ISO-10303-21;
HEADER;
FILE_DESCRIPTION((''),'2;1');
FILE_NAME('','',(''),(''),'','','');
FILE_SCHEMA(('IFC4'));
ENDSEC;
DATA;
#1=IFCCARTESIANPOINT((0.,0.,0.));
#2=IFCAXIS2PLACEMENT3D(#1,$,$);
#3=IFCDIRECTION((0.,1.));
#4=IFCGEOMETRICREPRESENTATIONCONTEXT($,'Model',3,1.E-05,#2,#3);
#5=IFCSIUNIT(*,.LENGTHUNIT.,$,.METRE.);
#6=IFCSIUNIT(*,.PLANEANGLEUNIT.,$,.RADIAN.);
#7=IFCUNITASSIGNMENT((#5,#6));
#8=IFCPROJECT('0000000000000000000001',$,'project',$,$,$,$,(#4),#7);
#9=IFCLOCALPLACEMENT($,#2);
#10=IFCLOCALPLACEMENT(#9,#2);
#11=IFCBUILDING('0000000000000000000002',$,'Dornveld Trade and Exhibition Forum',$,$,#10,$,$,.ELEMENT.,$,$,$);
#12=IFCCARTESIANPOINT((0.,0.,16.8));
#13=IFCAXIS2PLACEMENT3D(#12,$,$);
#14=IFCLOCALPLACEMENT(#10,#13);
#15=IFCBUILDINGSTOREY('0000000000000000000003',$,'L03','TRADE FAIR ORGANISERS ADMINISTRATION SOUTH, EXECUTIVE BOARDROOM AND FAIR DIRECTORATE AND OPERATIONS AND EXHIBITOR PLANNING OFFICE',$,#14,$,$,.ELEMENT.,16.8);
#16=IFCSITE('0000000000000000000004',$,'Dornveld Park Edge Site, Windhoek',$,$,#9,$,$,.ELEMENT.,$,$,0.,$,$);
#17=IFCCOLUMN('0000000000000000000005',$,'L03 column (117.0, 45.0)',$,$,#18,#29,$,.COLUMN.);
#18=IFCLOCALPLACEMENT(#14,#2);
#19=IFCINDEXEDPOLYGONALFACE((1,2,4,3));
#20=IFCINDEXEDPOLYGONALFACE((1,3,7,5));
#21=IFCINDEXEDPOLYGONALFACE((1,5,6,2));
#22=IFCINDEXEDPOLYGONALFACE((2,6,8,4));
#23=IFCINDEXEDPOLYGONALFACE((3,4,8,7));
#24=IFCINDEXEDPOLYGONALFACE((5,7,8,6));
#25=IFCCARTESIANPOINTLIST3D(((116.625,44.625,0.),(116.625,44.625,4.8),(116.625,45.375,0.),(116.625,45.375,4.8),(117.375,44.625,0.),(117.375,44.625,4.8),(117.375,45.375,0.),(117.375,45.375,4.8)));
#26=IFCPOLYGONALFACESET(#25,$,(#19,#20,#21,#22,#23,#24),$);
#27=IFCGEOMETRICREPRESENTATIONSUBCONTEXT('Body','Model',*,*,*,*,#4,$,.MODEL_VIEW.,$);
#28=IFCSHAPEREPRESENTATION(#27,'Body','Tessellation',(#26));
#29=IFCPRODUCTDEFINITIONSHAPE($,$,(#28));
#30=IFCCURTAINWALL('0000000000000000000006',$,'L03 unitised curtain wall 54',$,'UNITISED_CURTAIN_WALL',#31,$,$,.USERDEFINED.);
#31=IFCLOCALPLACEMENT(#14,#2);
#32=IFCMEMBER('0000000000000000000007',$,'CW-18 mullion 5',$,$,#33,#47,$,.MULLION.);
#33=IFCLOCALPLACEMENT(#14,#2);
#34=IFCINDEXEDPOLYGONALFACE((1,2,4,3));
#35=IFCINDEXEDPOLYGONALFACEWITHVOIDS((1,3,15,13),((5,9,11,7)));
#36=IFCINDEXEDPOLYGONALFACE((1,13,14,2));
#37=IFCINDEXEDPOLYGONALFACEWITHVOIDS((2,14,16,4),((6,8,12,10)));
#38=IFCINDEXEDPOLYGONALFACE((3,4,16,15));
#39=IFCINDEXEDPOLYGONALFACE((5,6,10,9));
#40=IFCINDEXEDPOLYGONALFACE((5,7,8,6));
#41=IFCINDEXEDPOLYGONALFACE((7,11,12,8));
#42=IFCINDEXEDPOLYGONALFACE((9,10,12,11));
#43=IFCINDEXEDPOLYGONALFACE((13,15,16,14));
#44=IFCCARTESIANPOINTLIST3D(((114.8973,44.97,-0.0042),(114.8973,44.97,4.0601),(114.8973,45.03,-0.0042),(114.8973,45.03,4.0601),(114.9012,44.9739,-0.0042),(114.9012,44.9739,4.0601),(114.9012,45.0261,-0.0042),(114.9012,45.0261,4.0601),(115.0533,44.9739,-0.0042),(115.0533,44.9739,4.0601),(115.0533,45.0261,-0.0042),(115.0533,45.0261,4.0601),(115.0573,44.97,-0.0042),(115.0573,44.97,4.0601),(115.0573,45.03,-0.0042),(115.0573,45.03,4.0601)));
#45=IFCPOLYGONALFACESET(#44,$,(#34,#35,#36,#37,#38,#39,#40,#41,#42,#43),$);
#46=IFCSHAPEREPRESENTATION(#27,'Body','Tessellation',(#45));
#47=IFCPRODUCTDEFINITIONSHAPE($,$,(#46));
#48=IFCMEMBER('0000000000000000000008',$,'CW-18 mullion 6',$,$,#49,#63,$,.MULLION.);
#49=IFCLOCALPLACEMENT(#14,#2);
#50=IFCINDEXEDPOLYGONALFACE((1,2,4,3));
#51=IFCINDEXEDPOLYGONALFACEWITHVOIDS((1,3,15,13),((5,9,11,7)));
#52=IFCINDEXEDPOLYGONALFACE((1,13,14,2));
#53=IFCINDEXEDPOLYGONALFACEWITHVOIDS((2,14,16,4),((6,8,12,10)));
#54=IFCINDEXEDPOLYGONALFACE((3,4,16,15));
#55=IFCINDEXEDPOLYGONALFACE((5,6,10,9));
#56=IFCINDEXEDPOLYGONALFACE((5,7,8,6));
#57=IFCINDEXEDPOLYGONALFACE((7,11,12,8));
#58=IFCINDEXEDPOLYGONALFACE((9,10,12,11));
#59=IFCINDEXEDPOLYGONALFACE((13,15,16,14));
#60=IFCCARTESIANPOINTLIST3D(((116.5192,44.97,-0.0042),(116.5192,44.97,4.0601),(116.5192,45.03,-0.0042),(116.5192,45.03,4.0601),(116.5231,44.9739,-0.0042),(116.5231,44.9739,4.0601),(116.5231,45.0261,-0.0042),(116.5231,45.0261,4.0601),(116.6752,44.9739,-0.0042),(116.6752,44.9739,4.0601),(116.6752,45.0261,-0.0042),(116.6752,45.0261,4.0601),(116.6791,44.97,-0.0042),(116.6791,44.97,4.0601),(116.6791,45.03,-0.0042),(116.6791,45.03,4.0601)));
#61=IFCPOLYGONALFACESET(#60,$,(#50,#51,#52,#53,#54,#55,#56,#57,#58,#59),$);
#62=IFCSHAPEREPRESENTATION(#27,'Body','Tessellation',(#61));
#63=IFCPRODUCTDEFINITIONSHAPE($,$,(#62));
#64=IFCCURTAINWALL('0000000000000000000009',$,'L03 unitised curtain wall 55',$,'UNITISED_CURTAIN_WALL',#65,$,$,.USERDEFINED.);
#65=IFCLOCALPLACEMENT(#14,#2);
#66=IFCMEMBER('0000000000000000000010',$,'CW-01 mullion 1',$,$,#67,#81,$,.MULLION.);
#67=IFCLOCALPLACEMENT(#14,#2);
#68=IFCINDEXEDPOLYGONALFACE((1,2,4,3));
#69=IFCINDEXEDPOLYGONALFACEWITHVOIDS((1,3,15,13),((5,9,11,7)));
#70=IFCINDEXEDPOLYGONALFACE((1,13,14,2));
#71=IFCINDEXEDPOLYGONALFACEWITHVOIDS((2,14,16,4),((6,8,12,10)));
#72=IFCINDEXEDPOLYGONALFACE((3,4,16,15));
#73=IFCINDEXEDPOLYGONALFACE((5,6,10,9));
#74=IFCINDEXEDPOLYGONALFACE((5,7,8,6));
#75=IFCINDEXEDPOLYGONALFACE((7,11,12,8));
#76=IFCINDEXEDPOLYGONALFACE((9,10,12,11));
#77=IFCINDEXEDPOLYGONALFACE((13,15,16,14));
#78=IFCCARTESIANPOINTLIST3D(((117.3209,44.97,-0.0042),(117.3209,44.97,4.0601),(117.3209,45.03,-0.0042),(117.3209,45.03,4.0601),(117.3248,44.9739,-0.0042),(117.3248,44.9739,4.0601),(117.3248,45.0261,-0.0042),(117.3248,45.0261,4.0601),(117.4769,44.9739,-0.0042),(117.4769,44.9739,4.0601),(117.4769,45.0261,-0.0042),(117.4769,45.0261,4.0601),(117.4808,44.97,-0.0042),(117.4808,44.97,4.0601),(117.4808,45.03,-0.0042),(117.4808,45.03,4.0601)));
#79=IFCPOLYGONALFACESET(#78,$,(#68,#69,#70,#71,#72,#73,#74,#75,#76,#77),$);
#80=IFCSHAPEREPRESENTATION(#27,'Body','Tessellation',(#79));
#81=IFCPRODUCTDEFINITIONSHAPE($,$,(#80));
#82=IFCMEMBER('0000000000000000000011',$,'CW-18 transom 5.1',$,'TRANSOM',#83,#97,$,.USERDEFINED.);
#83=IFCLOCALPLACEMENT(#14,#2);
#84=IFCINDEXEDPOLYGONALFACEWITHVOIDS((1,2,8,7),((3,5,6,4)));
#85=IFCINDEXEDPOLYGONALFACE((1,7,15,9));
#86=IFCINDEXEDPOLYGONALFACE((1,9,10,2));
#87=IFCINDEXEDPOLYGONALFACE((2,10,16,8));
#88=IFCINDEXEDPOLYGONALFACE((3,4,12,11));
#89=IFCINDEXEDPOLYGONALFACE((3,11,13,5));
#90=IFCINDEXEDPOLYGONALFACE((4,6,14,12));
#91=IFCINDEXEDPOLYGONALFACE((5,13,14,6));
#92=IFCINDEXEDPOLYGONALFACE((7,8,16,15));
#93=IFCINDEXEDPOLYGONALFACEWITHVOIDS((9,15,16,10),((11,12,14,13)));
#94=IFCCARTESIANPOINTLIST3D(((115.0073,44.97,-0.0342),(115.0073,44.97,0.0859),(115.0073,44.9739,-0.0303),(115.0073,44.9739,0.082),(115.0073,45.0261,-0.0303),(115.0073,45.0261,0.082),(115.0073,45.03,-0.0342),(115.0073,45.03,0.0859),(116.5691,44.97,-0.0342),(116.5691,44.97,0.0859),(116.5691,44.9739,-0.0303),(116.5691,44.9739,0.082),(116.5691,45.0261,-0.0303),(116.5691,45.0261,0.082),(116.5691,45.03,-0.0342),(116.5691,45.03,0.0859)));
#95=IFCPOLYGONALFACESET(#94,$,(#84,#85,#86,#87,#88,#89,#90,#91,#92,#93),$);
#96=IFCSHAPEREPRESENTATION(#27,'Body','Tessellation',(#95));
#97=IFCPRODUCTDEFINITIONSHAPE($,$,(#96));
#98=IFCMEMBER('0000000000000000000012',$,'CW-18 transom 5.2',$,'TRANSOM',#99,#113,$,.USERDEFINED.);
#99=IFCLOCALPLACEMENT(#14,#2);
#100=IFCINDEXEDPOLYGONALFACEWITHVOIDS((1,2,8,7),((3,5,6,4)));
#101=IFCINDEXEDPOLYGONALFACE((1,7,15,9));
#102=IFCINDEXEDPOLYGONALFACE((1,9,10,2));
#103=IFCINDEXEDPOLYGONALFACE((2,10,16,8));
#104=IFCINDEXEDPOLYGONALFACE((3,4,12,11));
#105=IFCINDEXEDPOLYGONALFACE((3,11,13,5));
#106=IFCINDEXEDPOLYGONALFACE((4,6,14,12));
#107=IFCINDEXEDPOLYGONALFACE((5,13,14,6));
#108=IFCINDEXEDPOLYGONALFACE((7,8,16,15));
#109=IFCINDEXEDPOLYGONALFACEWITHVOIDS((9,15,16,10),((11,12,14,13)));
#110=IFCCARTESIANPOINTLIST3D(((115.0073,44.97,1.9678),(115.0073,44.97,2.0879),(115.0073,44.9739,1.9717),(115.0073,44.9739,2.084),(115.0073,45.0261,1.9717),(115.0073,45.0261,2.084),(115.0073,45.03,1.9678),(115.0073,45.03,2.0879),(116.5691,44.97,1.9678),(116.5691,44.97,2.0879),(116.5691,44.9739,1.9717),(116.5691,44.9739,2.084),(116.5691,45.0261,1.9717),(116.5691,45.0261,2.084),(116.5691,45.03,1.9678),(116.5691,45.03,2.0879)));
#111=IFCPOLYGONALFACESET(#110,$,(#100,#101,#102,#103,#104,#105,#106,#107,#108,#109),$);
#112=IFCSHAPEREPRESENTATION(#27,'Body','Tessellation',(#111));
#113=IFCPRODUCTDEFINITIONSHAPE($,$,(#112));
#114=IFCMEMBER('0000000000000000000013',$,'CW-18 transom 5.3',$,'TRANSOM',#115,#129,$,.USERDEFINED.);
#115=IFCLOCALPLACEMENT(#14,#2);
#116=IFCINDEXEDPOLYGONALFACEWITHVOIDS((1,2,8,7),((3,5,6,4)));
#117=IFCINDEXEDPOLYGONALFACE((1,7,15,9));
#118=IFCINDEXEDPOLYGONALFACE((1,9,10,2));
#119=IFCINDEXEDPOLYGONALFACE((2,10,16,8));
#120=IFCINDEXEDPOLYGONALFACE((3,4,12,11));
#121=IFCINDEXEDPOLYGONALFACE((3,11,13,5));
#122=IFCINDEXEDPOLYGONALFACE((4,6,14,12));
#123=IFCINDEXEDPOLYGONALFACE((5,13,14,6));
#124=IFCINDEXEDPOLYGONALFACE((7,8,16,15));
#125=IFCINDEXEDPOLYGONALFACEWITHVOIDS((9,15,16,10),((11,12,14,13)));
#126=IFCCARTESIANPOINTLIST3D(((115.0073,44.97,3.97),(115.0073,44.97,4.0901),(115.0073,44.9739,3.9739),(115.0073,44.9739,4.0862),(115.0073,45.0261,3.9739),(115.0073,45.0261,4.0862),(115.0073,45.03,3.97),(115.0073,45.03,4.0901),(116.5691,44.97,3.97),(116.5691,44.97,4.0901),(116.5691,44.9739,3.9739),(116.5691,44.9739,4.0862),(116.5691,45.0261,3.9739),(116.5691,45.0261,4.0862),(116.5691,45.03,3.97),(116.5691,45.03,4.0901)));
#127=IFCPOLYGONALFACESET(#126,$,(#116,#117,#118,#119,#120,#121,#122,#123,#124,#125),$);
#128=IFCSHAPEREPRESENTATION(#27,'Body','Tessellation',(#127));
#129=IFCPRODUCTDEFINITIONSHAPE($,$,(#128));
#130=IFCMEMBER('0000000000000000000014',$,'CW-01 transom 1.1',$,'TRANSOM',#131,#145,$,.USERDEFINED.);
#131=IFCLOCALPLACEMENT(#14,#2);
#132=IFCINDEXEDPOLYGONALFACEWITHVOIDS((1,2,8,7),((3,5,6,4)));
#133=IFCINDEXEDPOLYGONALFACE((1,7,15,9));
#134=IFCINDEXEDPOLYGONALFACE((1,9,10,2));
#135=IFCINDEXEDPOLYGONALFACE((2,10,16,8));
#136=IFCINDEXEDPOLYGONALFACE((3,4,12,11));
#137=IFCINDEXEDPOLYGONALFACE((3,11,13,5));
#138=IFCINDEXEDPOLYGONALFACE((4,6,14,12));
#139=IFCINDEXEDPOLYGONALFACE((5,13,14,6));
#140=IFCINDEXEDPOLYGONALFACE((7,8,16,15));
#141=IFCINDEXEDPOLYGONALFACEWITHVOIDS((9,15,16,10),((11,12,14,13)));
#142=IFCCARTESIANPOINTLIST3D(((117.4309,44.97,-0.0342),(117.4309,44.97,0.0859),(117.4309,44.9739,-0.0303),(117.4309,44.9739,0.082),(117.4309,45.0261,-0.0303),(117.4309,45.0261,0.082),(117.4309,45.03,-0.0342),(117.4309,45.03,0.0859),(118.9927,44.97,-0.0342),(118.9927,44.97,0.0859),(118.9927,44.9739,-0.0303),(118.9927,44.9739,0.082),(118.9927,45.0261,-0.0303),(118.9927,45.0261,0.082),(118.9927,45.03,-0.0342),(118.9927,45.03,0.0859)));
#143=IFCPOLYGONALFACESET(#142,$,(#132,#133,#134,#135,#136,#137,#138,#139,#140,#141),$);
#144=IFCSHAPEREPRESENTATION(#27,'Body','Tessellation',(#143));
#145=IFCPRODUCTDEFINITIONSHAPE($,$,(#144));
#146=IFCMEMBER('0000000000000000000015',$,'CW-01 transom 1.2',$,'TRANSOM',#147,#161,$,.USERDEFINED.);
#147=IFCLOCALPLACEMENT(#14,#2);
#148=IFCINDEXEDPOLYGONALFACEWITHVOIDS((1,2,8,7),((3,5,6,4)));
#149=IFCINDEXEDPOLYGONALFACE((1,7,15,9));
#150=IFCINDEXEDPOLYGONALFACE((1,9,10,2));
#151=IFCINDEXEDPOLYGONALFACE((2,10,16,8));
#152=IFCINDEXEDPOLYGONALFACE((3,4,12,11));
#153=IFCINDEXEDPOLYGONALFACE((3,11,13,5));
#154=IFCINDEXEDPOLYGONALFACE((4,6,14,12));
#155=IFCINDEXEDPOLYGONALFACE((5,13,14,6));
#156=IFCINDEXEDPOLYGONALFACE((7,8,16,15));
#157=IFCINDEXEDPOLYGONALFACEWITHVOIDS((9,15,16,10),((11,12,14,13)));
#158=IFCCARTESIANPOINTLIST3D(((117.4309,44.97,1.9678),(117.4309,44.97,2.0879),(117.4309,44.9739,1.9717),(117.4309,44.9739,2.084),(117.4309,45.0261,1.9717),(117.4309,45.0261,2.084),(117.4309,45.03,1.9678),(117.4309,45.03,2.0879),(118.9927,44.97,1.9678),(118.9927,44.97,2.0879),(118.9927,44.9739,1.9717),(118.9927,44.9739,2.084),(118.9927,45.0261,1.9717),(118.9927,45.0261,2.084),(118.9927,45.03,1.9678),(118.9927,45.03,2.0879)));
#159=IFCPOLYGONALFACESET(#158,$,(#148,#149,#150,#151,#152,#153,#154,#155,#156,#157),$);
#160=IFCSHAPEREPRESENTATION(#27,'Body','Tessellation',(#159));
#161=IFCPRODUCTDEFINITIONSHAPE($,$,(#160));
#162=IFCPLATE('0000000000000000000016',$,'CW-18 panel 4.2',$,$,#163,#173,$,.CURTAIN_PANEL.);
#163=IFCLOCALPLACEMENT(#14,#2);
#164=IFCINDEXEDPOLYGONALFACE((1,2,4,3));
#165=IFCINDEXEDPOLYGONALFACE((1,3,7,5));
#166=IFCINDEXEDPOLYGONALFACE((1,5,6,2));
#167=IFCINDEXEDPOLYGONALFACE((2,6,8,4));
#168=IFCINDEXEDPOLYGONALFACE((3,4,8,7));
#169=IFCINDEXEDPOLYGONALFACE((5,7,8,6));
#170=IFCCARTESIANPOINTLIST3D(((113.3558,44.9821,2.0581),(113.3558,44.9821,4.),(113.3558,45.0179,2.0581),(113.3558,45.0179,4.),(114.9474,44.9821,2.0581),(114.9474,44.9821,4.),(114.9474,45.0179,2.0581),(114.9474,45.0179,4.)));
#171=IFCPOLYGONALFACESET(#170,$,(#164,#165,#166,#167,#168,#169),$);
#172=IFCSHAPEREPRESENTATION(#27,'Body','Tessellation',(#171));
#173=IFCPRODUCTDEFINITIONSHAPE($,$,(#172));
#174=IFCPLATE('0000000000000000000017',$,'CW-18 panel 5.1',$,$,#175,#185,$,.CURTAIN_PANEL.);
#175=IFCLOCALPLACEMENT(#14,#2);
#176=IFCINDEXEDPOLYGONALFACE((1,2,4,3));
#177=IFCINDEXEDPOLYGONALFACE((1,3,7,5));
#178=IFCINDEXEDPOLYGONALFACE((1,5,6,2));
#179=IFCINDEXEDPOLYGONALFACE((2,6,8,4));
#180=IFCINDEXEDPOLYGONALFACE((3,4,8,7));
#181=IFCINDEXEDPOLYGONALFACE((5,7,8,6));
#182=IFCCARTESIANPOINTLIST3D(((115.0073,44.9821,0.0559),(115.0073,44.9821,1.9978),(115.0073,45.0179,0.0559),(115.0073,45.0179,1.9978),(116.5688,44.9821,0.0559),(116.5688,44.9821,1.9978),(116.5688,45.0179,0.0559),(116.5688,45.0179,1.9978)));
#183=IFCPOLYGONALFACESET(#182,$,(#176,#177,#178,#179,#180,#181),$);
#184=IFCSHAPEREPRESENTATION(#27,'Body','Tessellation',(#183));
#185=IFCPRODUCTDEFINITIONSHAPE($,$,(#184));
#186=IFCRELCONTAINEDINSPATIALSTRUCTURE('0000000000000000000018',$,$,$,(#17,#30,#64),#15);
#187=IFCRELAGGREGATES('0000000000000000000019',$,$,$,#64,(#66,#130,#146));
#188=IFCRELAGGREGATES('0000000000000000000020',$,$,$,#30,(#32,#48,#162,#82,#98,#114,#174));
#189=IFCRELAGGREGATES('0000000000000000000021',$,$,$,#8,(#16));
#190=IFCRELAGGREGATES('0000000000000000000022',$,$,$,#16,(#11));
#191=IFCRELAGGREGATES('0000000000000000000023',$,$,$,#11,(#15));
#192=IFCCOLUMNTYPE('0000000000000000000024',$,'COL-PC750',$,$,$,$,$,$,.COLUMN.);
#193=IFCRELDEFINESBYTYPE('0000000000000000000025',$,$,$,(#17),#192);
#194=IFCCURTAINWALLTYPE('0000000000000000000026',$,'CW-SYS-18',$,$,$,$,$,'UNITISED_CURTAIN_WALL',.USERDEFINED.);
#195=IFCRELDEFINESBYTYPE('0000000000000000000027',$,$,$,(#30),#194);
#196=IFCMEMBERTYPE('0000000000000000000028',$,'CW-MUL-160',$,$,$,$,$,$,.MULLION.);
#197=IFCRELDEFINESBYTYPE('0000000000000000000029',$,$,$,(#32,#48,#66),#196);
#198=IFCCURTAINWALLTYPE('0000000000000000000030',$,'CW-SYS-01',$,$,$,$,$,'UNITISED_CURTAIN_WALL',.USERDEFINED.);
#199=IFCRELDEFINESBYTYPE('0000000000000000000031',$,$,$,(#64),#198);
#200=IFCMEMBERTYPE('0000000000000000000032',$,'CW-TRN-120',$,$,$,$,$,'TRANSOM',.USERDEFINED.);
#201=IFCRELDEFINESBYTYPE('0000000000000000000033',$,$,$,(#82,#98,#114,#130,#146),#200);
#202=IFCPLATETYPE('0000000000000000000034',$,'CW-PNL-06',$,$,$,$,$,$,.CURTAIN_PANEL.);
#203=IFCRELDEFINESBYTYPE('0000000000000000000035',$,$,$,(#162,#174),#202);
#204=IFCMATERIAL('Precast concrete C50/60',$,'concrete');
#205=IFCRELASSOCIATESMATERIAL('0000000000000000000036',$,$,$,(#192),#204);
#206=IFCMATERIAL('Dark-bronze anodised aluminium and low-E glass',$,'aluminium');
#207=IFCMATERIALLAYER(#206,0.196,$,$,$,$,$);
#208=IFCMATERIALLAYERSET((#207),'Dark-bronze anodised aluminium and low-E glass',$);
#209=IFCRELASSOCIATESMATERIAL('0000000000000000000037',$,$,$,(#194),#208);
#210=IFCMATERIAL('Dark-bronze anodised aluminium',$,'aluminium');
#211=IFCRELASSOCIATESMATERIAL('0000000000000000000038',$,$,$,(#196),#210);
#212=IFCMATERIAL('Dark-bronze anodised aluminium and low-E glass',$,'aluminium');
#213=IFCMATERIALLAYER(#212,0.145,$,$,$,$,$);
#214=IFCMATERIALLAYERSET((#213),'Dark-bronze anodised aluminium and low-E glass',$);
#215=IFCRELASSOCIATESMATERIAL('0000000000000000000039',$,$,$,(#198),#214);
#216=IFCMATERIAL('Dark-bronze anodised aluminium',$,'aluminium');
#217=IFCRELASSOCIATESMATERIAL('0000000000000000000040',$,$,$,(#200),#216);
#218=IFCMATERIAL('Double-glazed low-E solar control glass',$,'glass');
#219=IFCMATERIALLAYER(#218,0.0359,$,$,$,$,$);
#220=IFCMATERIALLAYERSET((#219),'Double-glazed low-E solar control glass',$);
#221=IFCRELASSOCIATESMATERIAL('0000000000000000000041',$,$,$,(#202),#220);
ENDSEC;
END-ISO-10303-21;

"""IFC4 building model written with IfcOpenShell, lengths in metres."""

from ifc_helpers import new_model, si_unit, direction, frame, origin, origin_2d, place, context, subcontext, project, spatial, rectangle, hollow_rectangle, extrude, material, layer, layer_set, material_profile, profile_set, type_object, element, aggregate, save


model = new_model("IFC4")

# Units and contexts
model_context = context("Model", 3, precision=1e-05, world=origin(), true_north=direction((0.0, 1.0)))
body_context = subcontext(model_context, "Body", "Model", "MODEL_VIEW")
ifc_project = project(units=[si_unit("LENGTHUNIT", "METRE"), si_unit("PLANEANGLEUNIT", "RADIAN")], contexts=[model_context])

# Site, building, storey
site_placement = place(None, origin())
site = spatial("IfcSite", under=ifc_project, at=site_placement, Name="Dornveld Park Edge Site, Windhoek", CompositionType="ELEMENT", RefElevation=0.0)
building_placement = place(site_placement, origin())
building = spatial("IfcBuilding", under=site, at=building_placement, Name="Dornveld Trade and Exhibition Forum", CompositionType="ELEMENT")
storey_placement = place(building_placement, frame((0.0, 0.0, 16.8)))
storey = spatial("IfcBuildingStorey", under=building, at=storey_placement, Name="L03", Description="TRADE FAIR ORGANISERS ADMINISTRATION SOUTH, EXECUTIVE BOARDROOM AND FAIR DIRECTORATE AND OPERATIONS AND EXHIBITOR PLANNING OFFICE", CompositionType="ELEMENT", Elevation=16.8)

# Column
ifc_material_1 = material(Name="Precast concrete C50/60", Category="concrete")
ifc_material_profile_1 = material_profile(ifc_material_1, rectangle(XDim=0.75, YDim=0.75, at=origin_2d()), Name="PC-COL 750x750")
ifc_profile_set_1 = profile_set([ifc_material_profile_1], Name="Precast concrete C50/60")
column_type = type_object("IfcColumnType", Name="COL-PC750", PredefinedType="COLUMN", material=ifc_profile_set_1)
column_placement = place(storey_placement, frame((117.0, 45.0, 0.0), z_axis=(0.0, 0.0, 1.0), x_axis=(1.0, 0.0, 0.0)))
element("IfcColumn", 1, at=column_placement, inside=storey, type_object=column_type, Name="L03 column (117.0, 45.0)", PredefinedType="COLUMN", context=body_context, shape_type="SweptSolid", body=[
    extrude(rectangle(XDim=0.75, YDim=0.75, at=origin_2d()), origin(), (0.0, 0.0, 1.0), 4.8),
])

# Curtain wall, members
ifc_material_2 = material(Name="Dark-bronze anodised aluminium and low-E glass", Category="aluminium")
ifc_layer_1 = layer(ifc_material_2, 0.196)
ifc_layer_set_1 = layer_set([ifc_layer_1], Name="Dark-bronze anodised aluminium and low-E glass")
curtain_wall_type_1 = type_object("IfcCurtainWallType", Name="CW-SYS-18", ElementType="UNITISED_CURTAIN_WALL", PredefinedType="USERDEFINED", material=ifc_layer_set_1)
curtain_wall_1_placement = place(storey_placement, origin())
curtain_wall_1 = element("IfcCurtainWall", 2, at=curtain_wall_1_placement, inside=storey, type_object=curtain_wall_type_1, Name="L03 unitised curtain wall 54", ObjectType="UNITISED_CURTAIN_WALL", PredefinedType="USERDEFINED")
ifc_material_3 = material(Name="Dark-bronze anodised aluminium", Category="aluminium")
ifc_material_profile_2 = material_profile(ifc_material_3, hollow_rectangle(XDim=0.0601, YDim=0.1599, WallThickness=0.0039, at=origin_2d()), Name="RHS 160x60x4")
ifc_profile_set_2 = profile_set([ifc_material_profile_2], Name="Dark-bronze anodised aluminium")
member_type_1 = type_object("IfcMemberType", Name="CW-MUL-160", PredefinedType="MULLION", material=ifc_profile_set_2)
member_1_placement = place(storey_placement, frame((114.9773, 45.0, -0.0042), z_axis=(0.0, 0.0, 1.0), x_axis=(0.0, 1.0, 0.0)))
member_1 = element("IfcMember", 3, at=member_1_placement, type_object=member_type_1, Name="CW-18 mullion 5", PredefinedType="MULLION", context=body_context, shape_type="SweptSolid", body=[
    extrude(hollow_rectangle(XDim=0.0601, YDim=0.1599, WallThickness=0.0039, at=origin_2d()), origin(), (0.0, 0.0, 1.0), 4.0642),
])
member_2_placement = place(storey_placement, frame((116.5991, 45.0, -0.0042), z_axis=(0.0, 0.0, 1.0), x_axis=(0.0, 1.0, 0.0)))
member_2 = element("IfcMember", 4, at=member_2_placement, type_object=member_type_1, Name="CW-18 mullion 6", PredefinedType="MULLION", context=body_context, shape_type="SweptSolid", body=[
    extrude(hollow_rectangle(XDim=0.0601, YDim=0.1599, WallThickness=0.0039, at=origin_2d()), origin(), (0.0, 0.0, 1.0), 4.0642),
])

# Curtain wall, member
ifc_material_4 = material(Name="Dark-bronze anodised aluminium and low-E glass", Category="aluminium")
ifc_layer_2 = layer(ifc_material_4, 0.145)
ifc_layer_set_2 = layer_set([ifc_layer_2], Name="Dark-bronze anodised aluminium and low-E glass")
curtain_wall_type_2 = type_object("IfcCurtainWallType", Name="CW-SYS-01", ElementType="UNITISED_CURTAIN_WALL", PredefinedType="USERDEFINED", material=ifc_layer_set_2)
curtain_wall_2_placement = place(storey_placement, origin())
curtain_wall_2 = element("IfcCurtainWall", 5, at=curtain_wall_2_placement, inside=storey, type_object=curtain_wall_type_2, Name="L03 unitised curtain wall 55", ObjectType="UNITISED_CURTAIN_WALL", PredefinedType="USERDEFINED")
member_3_placement = place(storey_placement, frame((117.4009, 45.0, -0.0042), z_axis=(0.0, 0.0, 1.0), x_axis=(0.0, 1.0, 0.0)))
member_3 = element("IfcMember", 6, at=member_3_placement, type_object=member_type_1, Name="CW-01 mullion 1", PredefinedType="MULLION", context=body_context, shape_type="SweptSolid", body=[
    extrude(hollow_rectangle(XDim=0.0601, YDim=0.1599, WallThickness=0.0039, at=origin_2d()), origin(), (0.0, 0.0, 1.0), 4.0642),
])

# Members
ifc_material_5 = material(Name="Dark-bronze anodised aluminium", Category="aluminium")
ifc_material_profile_3 = material_profile(ifc_material_5, hollow_rectangle(XDim=0.0601, YDim=0.1201, WallThickness=0.0039, at=origin_2d()), Name="RHS 120x60x4")
ifc_profile_set_3 = profile_set([ifc_material_profile_3], Name="Dark-bronze anodised aluminium")
member_type_2 = type_object("IfcMemberType", Name="CW-TRN-120", ElementType="TRANSOM", PredefinedType="USERDEFINED", material=ifc_profile_set_3)
member_4_placement = place(storey_placement, frame((115.0073, 45.0, 0.0259), z_axis=(1.0, 0.0, 0.0), x_axis=(0.0, 1.0, 0.0)))
member_4 = element("IfcMember", 7, at=member_4_placement, type_object=member_type_2, Name="CW-18 transom 5.1", ObjectType="TRANSOM", PredefinedType="USERDEFINED", context=body_context, shape_type="SweptSolid", body=[
    extrude(hollow_rectangle(XDim=0.0601, YDim=0.1201, WallThickness=0.0039, at=origin_2d()), origin(), (0.0, 0.0, 1.0), 1.5618),
])
member_5_placement = place(storey_placement, frame((115.0073, 45.0, 2.0278), z_axis=(1.0, 0.0, 0.0), x_axis=(0.0, 1.0, 0.0)))
member_5 = element("IfcMember", 8, at=member_5_placement, type_object=member_type_2, Name="CW-18 transom 5.2", ObjectType="TRANSOM", PredefinedType="USERDEFINED", context=body_context, shape_type="SweptSolid", body=[
    extrude(hollow_rectangle(XDim=0.0601, YDim=0.1201, WallThickness=0.0039, at=origin_2d()), origin(), (0.0, 0.0, 1.0), 1.5618),
])
member_6_placement = place(storey_placement, frame((115.0073, 45.0, 4.03), z_axis=(1.0, 0.0, 0.0), x_axis=(0.0, 1.0, 0.0)))
member_6 = element("IfcMember", 9, at=member_6_placement, type_object=member_type_2, Name="CW-18 transom 5.3", ObjectType="TRANSOM", PredefinedType="USERDEFINED", context=body_context, shape_type="SweptSolid", body=[
    extrude(hollow_rectangle(XDim=0.0601, YDim=0.1201, WallThickness=0.0039, at=origin_2d()), origin(), (0.0, 0.0, 1.0), 1.5618),
])
member_7_placement = place(storey_placement, frame((117.4309, 45.0, 0.0259), z_axis=(1.0, 0.0, 0.0), x_axis=(0.0, 1.0, 0.0)))
member_7 = element("IfcMember", 10, at=member_7_placement, type_object=member_type_2, Name="CW-01 transom 1.1", ObjectType="TRANSOM", PredefinedType="USERDEFINED", context=body_context, shape_type="SweptSolid", body=[
    extrude(hollow_rectangle(XDim=0.0601, YDim=0.1201, WallThickness=0.0039, at=origin_2d()), origin(), (0.0, 0.0, 1.0), 1.5618),
])
member_8_placement = place(storey_placement, frame((117.4309, 45.0, 2.0278), z_axis=(1.0, 0.0, 0.0), x_axis=(0.0, 1.0, 0.0)))
member_8 = element("IfcMember", 11, at=member_8_placement, type_object=member_type_2, Name="CW-01 transom 1.2", ObjectType="TRANSOM", PredefinedType="USERDEFINED", context=body_context, shape_type="SweptSolid", body=[
    extrude(hollow_rectangle(XDim=0.0601, YDim=0.1201, WallThickness=0.0039, at=origin_2d()), origin(), (0.0, 0.0, 1.0), 1.5618),
])
aggregate(curtain_wall_2, [member_3, member_7, member_8])

# Plates
ifc_material_6 = material(Name="Double-glazed low-E solar control glass", Category="glass")
ifc_layer_3 = layer(ifc_material_6, 0.0359)
ifc_layer_set_3 = layer_set([ifc_layer_3], Name="Double-glazed low-E solar control glass")
plate_type = type_object("IfcPlateType", Name="CW-PNL-06", PredefinedType="CURTAIN_PANEL", material=ifc_layer_set_3)
plate_1_placement = place(storey_placement, frame((114.1516, 45.0, 2.0581), z_axis=(0.0, 0.0, 1.0), x_axis=(1.0, 0.0, 0.0)))
plate_1 = element("IfcPlate", 12, at=plate_1_placement, type_object=plate_type, Name="CW-18 panel 4.2", PredefinedType="CURTAIN_PANEL", context=body_context, shape_type="SweptSolid", body=[
    extrude(rectangle(XDim=1.5916, YDim=0.0359, at=origin_2d()), origin(), (0.0, 0.0, 1.0), 1.9419),
])
plate_2_placement = place(storey_placement, frame((115.7881, 45.0, 0.0559), z_axis=(0.0, 0.0, 1.0), x_axis=(1.0, 0.0, 0.0)))
plate_2 = element("IfcPlate", 13, at=plate_2_placement, type_object=plate_type, Name="CW-18 panel 5.1", PredefinedType="CURTAIN_PANEL", context=body_context, shape_type="SweptSolid", body=[
    extrude(rectangle(XDim=1.5615, YDim=0.0359, at=origin_2d()), origin(), (0.0, 0.0, 1.0), 1.9419),
])
aggregate(curtain_wall_1, [member_1, member_2, plate_1, member_4, member_5, member_6, plate_2])

save(model, "model.ifc")
